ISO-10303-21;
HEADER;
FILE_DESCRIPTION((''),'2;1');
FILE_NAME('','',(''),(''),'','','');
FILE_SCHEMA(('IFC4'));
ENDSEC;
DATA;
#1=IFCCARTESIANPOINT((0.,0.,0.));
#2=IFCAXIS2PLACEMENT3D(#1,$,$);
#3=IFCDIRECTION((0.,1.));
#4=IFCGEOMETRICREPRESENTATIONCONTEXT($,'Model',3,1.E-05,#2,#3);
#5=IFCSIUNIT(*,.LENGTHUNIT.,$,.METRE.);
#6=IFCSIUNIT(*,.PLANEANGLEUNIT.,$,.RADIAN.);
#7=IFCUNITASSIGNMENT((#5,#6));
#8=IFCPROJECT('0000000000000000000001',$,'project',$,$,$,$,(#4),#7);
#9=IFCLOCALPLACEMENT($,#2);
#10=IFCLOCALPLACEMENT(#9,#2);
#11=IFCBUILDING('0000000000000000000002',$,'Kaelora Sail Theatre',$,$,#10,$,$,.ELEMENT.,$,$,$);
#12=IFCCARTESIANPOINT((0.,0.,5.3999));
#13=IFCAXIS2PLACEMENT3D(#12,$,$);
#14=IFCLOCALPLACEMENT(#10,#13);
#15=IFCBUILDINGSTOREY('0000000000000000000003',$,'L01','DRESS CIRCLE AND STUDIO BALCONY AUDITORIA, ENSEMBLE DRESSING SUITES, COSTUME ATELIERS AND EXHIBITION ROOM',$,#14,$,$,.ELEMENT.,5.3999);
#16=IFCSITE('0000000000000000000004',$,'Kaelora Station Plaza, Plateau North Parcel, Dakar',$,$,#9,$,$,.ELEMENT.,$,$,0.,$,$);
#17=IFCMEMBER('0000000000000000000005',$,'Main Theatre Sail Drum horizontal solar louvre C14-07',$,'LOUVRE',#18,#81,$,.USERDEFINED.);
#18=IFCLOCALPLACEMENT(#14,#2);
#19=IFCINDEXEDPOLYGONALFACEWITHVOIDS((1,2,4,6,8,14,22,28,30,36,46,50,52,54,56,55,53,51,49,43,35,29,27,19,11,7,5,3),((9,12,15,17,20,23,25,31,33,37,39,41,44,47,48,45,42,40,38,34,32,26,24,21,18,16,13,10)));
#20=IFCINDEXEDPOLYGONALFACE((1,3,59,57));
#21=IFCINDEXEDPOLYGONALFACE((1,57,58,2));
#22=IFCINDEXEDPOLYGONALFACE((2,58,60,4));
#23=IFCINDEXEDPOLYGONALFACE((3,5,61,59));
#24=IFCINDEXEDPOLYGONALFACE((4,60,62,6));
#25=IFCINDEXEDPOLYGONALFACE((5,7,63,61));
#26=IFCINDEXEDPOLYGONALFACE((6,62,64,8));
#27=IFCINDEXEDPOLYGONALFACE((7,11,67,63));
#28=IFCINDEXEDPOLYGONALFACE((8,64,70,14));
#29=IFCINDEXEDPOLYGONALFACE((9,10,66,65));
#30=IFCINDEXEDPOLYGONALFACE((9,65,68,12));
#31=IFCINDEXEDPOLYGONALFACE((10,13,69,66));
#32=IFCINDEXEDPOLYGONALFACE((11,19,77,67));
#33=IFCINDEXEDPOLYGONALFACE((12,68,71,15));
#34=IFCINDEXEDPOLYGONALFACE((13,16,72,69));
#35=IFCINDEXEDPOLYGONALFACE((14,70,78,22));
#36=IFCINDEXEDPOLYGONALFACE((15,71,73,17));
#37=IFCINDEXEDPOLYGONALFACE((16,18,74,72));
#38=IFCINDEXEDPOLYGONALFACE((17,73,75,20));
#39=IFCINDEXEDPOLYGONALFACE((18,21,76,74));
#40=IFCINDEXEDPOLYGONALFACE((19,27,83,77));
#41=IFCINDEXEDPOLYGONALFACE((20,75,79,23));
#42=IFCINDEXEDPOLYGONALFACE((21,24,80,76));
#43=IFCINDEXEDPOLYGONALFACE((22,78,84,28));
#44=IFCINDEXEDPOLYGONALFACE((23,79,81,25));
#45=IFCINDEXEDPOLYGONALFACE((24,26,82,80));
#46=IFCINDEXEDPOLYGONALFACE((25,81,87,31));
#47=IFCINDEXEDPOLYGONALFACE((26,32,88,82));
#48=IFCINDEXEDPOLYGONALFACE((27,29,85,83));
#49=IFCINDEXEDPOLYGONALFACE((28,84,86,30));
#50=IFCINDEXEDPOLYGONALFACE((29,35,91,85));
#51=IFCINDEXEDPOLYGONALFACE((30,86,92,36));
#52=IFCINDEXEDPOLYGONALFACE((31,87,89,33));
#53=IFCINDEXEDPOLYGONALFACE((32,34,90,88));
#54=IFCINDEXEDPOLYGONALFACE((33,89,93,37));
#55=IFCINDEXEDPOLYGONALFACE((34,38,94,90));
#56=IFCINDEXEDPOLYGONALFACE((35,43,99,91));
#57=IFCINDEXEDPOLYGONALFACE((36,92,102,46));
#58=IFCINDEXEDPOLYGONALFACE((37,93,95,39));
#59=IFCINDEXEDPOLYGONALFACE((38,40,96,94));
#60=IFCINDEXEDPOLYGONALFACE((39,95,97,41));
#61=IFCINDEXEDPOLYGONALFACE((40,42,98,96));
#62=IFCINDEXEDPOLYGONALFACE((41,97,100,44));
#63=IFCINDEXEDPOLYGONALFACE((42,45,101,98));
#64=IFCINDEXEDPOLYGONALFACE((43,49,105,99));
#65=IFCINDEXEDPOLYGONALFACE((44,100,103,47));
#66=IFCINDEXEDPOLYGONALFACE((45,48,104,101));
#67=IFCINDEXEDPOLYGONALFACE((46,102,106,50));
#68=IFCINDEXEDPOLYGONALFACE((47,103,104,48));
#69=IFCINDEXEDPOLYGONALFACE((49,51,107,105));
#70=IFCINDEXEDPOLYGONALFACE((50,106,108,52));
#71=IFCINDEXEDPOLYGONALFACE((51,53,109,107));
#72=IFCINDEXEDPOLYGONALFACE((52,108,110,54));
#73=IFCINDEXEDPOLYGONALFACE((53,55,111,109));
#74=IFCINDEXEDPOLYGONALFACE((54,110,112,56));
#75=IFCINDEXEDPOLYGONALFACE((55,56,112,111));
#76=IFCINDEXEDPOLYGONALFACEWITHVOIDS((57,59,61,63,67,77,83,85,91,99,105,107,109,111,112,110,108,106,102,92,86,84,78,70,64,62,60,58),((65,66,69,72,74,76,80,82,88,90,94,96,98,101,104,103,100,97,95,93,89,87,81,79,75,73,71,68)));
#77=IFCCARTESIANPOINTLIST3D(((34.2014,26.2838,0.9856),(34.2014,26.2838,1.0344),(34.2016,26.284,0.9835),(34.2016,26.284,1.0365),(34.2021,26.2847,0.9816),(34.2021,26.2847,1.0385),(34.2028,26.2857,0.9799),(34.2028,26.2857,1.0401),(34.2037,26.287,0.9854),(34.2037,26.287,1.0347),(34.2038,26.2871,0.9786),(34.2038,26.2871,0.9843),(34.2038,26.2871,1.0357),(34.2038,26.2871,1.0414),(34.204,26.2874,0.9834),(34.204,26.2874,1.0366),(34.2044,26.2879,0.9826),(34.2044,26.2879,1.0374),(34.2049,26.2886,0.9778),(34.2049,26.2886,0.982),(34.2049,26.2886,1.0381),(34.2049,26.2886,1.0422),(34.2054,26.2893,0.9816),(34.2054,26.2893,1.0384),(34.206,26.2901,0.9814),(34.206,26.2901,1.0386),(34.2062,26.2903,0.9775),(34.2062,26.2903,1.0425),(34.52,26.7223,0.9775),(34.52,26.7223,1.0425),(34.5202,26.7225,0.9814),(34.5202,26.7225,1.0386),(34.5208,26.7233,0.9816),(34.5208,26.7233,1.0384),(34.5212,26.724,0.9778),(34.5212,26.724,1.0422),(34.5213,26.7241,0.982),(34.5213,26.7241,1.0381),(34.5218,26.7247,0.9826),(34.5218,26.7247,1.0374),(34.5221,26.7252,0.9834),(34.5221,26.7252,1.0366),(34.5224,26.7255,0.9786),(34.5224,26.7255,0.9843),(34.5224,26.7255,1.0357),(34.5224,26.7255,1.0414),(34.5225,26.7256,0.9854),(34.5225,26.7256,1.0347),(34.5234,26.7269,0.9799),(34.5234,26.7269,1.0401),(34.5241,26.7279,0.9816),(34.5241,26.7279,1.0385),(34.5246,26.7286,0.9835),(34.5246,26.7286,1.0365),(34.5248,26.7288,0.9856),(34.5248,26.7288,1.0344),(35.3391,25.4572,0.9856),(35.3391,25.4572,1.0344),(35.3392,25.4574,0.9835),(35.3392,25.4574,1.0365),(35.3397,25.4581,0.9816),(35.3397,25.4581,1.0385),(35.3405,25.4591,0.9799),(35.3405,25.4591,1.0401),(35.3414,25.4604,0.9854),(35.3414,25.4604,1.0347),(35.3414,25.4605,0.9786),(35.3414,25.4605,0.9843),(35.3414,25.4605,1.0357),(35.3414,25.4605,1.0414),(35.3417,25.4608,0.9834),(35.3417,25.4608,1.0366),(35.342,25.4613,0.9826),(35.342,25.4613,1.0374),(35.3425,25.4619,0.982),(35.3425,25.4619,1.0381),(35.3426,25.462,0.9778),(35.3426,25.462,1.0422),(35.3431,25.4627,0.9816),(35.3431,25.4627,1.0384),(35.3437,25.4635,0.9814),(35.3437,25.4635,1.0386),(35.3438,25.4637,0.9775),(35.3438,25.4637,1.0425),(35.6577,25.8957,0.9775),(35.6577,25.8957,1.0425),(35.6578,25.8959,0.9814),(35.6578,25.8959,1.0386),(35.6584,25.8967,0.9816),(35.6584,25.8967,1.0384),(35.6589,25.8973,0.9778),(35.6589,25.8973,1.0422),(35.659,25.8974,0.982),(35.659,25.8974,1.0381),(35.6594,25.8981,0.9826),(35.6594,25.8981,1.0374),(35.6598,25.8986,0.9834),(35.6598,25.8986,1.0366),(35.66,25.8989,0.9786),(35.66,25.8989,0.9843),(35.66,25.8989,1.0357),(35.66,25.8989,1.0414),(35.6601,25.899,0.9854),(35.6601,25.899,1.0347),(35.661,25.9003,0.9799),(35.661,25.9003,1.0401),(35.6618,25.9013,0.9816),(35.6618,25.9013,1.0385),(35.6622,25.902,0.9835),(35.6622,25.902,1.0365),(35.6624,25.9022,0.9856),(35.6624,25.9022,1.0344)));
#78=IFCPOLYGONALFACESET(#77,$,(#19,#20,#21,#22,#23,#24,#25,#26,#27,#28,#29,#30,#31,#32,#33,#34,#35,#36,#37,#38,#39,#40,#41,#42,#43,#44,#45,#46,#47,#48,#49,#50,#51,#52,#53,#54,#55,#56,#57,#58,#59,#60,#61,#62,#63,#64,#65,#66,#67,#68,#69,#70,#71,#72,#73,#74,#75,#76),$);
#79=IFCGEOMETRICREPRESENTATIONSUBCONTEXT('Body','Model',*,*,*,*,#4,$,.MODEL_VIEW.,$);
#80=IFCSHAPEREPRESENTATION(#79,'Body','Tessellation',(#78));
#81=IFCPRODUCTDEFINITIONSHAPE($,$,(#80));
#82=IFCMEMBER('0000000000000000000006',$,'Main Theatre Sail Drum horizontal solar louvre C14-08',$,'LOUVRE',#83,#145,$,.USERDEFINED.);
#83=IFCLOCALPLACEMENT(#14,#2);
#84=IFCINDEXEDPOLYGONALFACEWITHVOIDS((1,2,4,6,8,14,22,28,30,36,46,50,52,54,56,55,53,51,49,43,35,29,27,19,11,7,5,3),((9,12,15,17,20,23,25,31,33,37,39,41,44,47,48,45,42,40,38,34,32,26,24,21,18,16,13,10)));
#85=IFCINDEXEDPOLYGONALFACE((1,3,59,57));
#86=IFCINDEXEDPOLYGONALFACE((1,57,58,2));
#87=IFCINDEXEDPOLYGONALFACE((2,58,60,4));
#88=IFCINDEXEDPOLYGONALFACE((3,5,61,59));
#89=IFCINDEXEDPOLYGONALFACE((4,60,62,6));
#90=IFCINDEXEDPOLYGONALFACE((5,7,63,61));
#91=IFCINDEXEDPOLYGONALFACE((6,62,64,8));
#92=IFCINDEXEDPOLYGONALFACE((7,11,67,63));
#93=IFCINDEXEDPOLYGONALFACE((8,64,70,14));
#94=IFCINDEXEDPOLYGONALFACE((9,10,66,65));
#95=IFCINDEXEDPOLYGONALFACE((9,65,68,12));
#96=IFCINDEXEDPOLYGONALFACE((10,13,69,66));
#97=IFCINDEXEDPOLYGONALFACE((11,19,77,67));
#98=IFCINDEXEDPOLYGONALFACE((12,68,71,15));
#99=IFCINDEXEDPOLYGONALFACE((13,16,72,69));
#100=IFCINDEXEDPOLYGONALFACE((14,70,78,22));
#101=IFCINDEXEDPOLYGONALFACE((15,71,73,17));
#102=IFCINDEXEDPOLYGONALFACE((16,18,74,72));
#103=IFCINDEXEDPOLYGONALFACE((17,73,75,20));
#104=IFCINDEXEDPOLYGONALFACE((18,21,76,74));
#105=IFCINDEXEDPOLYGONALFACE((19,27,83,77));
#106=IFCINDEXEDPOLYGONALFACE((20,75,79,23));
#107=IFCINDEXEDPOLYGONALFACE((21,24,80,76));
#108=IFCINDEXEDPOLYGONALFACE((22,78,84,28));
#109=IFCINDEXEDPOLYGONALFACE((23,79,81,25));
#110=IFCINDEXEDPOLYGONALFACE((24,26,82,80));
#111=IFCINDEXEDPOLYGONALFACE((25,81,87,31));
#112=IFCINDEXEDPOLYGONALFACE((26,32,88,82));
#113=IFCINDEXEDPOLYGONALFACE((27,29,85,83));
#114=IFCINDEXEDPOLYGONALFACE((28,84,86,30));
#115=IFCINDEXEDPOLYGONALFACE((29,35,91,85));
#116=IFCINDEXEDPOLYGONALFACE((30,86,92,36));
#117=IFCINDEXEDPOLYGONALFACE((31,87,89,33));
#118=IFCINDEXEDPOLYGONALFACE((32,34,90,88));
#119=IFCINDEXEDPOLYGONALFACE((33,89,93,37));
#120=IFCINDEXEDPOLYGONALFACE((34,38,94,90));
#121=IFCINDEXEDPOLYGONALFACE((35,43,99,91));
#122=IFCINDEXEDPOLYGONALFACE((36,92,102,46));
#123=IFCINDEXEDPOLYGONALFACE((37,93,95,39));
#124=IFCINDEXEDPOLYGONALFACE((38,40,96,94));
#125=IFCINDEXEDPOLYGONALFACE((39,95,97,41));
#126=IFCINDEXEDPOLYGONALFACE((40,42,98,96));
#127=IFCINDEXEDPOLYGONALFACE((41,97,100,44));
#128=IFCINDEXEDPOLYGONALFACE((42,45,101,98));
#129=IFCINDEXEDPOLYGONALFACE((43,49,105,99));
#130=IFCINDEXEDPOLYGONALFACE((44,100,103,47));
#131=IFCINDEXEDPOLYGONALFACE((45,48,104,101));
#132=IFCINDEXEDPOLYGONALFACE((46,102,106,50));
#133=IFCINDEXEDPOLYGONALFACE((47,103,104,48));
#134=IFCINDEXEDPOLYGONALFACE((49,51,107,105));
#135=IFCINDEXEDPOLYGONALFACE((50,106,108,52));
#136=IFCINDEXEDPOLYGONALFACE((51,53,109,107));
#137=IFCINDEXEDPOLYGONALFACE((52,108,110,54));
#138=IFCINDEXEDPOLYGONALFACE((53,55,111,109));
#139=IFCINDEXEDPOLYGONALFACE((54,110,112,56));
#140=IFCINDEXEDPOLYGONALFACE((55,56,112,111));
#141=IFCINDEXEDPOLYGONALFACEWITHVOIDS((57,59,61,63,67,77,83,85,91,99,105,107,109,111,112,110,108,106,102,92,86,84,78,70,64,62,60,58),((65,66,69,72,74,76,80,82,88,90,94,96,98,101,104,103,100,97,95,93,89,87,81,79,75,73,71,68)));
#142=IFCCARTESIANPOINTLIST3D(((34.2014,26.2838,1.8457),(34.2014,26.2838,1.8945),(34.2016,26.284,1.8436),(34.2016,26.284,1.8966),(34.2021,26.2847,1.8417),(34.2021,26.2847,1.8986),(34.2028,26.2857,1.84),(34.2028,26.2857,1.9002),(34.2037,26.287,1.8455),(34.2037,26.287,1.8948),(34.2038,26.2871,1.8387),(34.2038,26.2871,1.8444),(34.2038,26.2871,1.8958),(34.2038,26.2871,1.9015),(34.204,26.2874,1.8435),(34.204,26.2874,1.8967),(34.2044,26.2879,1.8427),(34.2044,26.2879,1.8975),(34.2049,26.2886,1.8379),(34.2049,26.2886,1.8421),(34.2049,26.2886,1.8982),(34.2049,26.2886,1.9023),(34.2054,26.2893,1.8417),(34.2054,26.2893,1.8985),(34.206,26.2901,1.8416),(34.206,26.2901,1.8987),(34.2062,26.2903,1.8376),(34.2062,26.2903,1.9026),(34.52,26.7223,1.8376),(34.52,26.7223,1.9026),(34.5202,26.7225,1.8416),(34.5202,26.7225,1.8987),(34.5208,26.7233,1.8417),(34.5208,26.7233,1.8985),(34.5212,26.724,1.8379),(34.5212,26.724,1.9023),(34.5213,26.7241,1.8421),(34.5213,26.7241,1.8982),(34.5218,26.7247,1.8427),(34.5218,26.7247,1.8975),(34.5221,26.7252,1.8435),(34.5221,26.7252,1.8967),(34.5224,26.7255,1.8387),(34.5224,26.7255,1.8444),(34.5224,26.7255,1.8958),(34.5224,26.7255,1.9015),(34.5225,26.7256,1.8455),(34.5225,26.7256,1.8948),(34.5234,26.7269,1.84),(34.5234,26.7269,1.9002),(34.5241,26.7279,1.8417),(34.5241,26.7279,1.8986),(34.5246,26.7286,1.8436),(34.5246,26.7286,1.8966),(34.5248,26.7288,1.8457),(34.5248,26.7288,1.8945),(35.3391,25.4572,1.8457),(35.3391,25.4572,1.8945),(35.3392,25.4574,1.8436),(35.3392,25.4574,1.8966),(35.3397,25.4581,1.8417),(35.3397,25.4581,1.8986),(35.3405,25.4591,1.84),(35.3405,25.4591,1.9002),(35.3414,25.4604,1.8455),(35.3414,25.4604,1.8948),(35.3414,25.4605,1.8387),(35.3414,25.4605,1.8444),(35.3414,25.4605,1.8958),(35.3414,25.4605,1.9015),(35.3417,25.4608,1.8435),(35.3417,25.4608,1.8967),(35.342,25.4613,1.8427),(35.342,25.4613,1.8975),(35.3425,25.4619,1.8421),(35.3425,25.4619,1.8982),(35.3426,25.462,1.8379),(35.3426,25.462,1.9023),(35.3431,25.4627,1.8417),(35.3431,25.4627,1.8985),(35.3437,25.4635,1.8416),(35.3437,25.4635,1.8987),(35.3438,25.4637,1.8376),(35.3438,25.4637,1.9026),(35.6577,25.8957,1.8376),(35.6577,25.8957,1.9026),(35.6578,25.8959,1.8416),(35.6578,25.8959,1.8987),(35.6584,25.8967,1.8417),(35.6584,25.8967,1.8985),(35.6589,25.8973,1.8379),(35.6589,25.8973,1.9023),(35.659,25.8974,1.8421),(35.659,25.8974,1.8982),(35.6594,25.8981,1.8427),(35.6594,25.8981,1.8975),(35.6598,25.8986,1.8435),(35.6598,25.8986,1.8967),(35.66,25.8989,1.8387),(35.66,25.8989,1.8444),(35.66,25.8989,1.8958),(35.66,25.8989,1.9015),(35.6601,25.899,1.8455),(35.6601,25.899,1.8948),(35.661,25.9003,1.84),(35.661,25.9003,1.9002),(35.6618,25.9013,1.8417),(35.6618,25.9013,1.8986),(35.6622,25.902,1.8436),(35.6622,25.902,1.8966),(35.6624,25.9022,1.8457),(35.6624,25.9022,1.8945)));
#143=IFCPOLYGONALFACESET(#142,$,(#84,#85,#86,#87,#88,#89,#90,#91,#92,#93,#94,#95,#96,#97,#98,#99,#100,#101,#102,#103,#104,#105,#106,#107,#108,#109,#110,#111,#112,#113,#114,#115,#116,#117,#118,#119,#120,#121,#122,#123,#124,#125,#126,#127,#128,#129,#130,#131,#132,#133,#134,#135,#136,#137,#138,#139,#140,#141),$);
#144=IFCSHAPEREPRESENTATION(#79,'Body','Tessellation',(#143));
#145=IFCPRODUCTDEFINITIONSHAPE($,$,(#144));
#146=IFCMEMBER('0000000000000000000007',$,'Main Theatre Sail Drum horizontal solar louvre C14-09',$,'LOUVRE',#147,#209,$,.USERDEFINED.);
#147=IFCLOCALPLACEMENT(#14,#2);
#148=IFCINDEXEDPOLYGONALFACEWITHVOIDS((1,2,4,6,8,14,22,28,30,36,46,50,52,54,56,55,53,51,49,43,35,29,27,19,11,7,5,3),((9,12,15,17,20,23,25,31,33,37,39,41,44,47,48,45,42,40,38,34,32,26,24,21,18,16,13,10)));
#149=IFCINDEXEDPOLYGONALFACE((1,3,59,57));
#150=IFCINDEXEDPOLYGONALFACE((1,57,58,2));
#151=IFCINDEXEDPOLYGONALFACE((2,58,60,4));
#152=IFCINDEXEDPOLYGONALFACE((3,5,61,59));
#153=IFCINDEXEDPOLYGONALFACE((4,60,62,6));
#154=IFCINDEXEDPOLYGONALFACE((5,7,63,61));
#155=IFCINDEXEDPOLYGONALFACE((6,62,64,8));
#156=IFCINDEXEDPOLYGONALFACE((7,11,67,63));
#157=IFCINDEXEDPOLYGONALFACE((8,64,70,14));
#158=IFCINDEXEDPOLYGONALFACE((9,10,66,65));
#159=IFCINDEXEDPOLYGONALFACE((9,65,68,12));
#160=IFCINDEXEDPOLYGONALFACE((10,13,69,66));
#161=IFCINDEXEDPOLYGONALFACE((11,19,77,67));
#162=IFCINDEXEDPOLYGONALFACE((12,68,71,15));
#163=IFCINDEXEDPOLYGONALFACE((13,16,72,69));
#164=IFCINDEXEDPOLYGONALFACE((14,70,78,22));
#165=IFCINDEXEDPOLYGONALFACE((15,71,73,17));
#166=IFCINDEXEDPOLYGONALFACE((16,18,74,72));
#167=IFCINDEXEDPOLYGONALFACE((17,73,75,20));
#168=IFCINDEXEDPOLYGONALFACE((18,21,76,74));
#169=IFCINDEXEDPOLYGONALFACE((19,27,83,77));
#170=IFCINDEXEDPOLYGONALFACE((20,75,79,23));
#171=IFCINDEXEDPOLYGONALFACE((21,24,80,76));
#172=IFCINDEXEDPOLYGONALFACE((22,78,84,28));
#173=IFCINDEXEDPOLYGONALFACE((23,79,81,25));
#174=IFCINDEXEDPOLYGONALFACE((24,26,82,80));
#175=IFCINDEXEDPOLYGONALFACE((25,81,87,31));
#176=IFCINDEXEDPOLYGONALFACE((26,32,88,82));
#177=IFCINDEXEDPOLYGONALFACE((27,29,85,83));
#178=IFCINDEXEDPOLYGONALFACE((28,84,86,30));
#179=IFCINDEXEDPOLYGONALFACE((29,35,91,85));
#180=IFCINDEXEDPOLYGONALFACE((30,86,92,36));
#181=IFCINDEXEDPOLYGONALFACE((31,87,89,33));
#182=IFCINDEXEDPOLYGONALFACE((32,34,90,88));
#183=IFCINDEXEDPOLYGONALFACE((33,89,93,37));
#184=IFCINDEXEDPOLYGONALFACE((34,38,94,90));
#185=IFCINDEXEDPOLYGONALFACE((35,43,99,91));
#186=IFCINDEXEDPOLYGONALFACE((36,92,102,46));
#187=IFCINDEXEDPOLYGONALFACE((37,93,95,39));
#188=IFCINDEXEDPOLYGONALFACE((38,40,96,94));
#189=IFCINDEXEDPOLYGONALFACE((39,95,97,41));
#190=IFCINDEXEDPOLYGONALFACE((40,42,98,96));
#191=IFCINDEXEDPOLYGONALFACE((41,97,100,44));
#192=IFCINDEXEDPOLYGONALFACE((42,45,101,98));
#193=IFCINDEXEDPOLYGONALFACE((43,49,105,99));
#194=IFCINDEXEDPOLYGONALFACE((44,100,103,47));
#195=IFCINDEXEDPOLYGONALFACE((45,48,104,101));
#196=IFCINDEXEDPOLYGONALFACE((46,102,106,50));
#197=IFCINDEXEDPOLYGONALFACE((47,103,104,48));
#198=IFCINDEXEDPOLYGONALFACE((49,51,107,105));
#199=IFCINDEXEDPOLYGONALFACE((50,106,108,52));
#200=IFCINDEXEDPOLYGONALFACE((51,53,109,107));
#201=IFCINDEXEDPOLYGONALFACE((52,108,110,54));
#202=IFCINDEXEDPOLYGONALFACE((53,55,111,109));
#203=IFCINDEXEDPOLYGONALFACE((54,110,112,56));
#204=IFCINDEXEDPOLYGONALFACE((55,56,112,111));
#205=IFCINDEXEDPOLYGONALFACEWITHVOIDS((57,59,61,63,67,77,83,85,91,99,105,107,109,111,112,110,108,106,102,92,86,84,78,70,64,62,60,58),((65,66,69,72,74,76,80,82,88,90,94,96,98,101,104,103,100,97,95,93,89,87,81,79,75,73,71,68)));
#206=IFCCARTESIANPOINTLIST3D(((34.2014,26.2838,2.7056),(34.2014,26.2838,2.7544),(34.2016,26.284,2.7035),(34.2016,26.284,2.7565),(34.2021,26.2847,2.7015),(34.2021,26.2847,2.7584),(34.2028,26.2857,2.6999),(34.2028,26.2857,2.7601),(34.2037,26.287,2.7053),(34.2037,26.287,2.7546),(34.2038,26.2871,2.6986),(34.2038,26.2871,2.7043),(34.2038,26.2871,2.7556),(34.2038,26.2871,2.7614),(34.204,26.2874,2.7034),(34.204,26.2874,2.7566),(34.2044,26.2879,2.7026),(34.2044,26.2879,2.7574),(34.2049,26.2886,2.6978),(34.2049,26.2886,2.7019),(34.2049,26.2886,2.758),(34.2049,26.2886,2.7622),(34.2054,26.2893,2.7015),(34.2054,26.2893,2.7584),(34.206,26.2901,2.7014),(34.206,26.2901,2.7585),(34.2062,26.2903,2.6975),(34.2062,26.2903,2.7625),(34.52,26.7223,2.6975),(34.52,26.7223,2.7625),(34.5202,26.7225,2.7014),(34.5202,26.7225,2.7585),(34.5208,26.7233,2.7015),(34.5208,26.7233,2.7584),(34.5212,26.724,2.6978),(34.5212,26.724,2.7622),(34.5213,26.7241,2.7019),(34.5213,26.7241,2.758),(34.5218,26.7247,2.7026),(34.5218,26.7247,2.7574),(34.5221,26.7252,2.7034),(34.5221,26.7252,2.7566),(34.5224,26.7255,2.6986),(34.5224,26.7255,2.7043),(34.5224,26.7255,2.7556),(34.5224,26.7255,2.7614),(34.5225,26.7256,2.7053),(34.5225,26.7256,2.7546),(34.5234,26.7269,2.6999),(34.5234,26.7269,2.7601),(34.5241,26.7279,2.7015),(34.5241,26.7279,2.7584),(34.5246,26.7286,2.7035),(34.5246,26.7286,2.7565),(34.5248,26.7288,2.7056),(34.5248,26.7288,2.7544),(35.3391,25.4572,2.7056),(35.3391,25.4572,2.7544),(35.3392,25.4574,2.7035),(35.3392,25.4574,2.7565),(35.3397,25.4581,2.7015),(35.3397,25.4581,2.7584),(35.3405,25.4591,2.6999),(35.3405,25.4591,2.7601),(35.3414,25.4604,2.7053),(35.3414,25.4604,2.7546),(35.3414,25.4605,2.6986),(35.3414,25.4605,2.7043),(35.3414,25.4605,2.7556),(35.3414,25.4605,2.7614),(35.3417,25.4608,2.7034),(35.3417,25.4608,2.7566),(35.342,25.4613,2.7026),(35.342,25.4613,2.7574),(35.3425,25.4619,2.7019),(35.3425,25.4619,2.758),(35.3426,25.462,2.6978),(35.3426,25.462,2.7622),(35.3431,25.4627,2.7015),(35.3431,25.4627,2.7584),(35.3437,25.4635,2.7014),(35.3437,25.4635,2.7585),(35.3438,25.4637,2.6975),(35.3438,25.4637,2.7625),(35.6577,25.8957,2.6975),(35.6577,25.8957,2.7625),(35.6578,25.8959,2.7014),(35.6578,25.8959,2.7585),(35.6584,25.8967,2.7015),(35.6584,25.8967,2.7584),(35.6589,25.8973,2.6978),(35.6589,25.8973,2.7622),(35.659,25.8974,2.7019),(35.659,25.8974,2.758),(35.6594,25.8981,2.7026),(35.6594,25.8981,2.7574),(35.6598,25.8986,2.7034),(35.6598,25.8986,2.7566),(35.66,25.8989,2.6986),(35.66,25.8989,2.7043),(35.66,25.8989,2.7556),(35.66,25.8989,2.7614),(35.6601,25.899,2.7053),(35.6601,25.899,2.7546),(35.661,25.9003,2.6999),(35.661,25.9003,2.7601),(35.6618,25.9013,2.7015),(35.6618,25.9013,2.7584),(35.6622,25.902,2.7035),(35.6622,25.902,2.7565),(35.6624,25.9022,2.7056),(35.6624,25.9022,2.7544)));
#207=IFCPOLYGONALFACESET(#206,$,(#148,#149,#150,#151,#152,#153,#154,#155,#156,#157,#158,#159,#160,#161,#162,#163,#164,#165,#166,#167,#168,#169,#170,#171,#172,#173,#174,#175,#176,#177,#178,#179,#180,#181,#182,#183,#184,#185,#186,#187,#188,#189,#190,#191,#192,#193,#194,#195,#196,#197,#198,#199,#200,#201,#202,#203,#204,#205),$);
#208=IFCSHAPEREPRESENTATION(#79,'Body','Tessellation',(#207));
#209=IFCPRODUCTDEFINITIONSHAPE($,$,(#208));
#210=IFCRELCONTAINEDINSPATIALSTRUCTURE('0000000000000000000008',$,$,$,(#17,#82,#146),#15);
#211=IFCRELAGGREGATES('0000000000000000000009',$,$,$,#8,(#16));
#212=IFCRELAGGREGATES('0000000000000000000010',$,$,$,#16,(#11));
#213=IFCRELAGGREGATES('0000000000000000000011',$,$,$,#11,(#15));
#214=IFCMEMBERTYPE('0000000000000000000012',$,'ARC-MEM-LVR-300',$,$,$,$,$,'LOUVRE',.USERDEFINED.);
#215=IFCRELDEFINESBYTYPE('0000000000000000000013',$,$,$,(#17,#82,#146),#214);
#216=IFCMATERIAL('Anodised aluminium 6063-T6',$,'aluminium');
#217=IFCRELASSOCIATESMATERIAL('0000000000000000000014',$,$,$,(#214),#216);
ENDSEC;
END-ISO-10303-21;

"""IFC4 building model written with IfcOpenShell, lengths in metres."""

from ifc_helpers import new_model, si_unit, direction, frame, origin, origin_2d, place, context, subcontext, project, spatial, hollow_rectangle, extrude, material, material_profile, profile_set, type_object, element, save


model = new_model("IFC4")

# Units and contexts
model_context = context("Model", 3, precision=1e-05, world=origin(), true_north=direction((0.0, 1.0)))
body_context = subcontext(model_context, "Body", "Model", "MODEL_VIEW")
ifc_project = project(units=[si_unit("LENGTHUNIT", "METRE"), si_unit("PLANEANGLEUNIT", "RADIAN")], contexts=[model_context])

# Site, building, storey
site_placement = place(None, origin())
site = spatial("IfcSite", under=ifc_project, at=site_placement, Name="Kaelora Station Plaza, Plateau North Parcel, Dakar", CompositionType="ELEMENT", RefElevation=0.0)
building_placement = place(site_placement, origin())
building = spatial("IfcBuilding", under=site, at=building_placement, Name="Kaelora Sail Theatre", CompositionType="ELEMENT")
storey_placement = place(building_placement, frame((0.0, 0.0, 5.3999)))
storey = spatial("IfcBuildingStorey", under=building, at=storey_placement, Name="L01", Description="DRESS CIRCLE AND STUDIO BALCONY AUDITORIA, ENSEMBLE DRESSING SUITES, COSTUME ATELIERS AND EXHIBITION ROOM", CompositionType="ELEMENT", Elevation=5.3999)

# Members
ifc_material_1 = material(Name="Anodised aluminium 6063-T6", Category="aluminium")
ifc_material_profile_1 = material_profile(ifc_material_1, hollow_rectangle(XDim=0.55, YDim=0.0649, WallThickness=0.0039, InnerFilletRadius=0.0039, OuterFilletRadius=0.0081, at=origin_2d()), Name="LOUVRE 550x65x4")
ifc_profile_set_1 = profile_set([ifc_material_profile_1], Name="Anodised aluminium 6063-T6")
member_type = type_object("IfcMemberType", Name="ARC-MEM-LVR-300", ElementType="LOUVRE", PredefinedType="USERDEFINED", material=ifc_profile_set_1)
for number, where, z_axis, x_axis, name in (
    (1, (35.5007, 25.6797, 1.01), (-0.808991, 0.587821, 0.0), (-0.587821, -0.808991, 0.0), "Main Theatre Sail Drum horizontal solar louvre C14-07"),
    (2, (35.5007, 25.6797, 1.8701), (-0.808991, 0.587821, 0.0), (-0.587821, -0.808991, 0.0), "Main Theatre Sail Drum horizontal solar louvre C14-08"),
    (3, (35.5007, 25.6797, 2.73), (-0.808991, 0.587821, 0.0), (-0.587821, -0.808991, 0.0), "Main Theatre Sail Drum horizontal solar louvre C14-09"),
):
    element("IfcMember", number, at=place(storey_placement, frame(where, z_axis=z_axis, x_axis=x_axis)), inside=storey, type_object=member_type, Name=name, ObjectType="LOUVRE", PredefinedType="USERDEFINED", context=body_context, shape_type="SweptSolid", body=[
        extrude(hollow_rectangle(XDim=0.55, YDim=0.0649, WallThickness=0.0039, InnerFilletRadius=0.0039, OuterFilletRadius=0.0081, at=origin_2d()), origin(), (0.0, 0.0, 1.0), 1.4062),
    ])

save(model, "model.ifc")
